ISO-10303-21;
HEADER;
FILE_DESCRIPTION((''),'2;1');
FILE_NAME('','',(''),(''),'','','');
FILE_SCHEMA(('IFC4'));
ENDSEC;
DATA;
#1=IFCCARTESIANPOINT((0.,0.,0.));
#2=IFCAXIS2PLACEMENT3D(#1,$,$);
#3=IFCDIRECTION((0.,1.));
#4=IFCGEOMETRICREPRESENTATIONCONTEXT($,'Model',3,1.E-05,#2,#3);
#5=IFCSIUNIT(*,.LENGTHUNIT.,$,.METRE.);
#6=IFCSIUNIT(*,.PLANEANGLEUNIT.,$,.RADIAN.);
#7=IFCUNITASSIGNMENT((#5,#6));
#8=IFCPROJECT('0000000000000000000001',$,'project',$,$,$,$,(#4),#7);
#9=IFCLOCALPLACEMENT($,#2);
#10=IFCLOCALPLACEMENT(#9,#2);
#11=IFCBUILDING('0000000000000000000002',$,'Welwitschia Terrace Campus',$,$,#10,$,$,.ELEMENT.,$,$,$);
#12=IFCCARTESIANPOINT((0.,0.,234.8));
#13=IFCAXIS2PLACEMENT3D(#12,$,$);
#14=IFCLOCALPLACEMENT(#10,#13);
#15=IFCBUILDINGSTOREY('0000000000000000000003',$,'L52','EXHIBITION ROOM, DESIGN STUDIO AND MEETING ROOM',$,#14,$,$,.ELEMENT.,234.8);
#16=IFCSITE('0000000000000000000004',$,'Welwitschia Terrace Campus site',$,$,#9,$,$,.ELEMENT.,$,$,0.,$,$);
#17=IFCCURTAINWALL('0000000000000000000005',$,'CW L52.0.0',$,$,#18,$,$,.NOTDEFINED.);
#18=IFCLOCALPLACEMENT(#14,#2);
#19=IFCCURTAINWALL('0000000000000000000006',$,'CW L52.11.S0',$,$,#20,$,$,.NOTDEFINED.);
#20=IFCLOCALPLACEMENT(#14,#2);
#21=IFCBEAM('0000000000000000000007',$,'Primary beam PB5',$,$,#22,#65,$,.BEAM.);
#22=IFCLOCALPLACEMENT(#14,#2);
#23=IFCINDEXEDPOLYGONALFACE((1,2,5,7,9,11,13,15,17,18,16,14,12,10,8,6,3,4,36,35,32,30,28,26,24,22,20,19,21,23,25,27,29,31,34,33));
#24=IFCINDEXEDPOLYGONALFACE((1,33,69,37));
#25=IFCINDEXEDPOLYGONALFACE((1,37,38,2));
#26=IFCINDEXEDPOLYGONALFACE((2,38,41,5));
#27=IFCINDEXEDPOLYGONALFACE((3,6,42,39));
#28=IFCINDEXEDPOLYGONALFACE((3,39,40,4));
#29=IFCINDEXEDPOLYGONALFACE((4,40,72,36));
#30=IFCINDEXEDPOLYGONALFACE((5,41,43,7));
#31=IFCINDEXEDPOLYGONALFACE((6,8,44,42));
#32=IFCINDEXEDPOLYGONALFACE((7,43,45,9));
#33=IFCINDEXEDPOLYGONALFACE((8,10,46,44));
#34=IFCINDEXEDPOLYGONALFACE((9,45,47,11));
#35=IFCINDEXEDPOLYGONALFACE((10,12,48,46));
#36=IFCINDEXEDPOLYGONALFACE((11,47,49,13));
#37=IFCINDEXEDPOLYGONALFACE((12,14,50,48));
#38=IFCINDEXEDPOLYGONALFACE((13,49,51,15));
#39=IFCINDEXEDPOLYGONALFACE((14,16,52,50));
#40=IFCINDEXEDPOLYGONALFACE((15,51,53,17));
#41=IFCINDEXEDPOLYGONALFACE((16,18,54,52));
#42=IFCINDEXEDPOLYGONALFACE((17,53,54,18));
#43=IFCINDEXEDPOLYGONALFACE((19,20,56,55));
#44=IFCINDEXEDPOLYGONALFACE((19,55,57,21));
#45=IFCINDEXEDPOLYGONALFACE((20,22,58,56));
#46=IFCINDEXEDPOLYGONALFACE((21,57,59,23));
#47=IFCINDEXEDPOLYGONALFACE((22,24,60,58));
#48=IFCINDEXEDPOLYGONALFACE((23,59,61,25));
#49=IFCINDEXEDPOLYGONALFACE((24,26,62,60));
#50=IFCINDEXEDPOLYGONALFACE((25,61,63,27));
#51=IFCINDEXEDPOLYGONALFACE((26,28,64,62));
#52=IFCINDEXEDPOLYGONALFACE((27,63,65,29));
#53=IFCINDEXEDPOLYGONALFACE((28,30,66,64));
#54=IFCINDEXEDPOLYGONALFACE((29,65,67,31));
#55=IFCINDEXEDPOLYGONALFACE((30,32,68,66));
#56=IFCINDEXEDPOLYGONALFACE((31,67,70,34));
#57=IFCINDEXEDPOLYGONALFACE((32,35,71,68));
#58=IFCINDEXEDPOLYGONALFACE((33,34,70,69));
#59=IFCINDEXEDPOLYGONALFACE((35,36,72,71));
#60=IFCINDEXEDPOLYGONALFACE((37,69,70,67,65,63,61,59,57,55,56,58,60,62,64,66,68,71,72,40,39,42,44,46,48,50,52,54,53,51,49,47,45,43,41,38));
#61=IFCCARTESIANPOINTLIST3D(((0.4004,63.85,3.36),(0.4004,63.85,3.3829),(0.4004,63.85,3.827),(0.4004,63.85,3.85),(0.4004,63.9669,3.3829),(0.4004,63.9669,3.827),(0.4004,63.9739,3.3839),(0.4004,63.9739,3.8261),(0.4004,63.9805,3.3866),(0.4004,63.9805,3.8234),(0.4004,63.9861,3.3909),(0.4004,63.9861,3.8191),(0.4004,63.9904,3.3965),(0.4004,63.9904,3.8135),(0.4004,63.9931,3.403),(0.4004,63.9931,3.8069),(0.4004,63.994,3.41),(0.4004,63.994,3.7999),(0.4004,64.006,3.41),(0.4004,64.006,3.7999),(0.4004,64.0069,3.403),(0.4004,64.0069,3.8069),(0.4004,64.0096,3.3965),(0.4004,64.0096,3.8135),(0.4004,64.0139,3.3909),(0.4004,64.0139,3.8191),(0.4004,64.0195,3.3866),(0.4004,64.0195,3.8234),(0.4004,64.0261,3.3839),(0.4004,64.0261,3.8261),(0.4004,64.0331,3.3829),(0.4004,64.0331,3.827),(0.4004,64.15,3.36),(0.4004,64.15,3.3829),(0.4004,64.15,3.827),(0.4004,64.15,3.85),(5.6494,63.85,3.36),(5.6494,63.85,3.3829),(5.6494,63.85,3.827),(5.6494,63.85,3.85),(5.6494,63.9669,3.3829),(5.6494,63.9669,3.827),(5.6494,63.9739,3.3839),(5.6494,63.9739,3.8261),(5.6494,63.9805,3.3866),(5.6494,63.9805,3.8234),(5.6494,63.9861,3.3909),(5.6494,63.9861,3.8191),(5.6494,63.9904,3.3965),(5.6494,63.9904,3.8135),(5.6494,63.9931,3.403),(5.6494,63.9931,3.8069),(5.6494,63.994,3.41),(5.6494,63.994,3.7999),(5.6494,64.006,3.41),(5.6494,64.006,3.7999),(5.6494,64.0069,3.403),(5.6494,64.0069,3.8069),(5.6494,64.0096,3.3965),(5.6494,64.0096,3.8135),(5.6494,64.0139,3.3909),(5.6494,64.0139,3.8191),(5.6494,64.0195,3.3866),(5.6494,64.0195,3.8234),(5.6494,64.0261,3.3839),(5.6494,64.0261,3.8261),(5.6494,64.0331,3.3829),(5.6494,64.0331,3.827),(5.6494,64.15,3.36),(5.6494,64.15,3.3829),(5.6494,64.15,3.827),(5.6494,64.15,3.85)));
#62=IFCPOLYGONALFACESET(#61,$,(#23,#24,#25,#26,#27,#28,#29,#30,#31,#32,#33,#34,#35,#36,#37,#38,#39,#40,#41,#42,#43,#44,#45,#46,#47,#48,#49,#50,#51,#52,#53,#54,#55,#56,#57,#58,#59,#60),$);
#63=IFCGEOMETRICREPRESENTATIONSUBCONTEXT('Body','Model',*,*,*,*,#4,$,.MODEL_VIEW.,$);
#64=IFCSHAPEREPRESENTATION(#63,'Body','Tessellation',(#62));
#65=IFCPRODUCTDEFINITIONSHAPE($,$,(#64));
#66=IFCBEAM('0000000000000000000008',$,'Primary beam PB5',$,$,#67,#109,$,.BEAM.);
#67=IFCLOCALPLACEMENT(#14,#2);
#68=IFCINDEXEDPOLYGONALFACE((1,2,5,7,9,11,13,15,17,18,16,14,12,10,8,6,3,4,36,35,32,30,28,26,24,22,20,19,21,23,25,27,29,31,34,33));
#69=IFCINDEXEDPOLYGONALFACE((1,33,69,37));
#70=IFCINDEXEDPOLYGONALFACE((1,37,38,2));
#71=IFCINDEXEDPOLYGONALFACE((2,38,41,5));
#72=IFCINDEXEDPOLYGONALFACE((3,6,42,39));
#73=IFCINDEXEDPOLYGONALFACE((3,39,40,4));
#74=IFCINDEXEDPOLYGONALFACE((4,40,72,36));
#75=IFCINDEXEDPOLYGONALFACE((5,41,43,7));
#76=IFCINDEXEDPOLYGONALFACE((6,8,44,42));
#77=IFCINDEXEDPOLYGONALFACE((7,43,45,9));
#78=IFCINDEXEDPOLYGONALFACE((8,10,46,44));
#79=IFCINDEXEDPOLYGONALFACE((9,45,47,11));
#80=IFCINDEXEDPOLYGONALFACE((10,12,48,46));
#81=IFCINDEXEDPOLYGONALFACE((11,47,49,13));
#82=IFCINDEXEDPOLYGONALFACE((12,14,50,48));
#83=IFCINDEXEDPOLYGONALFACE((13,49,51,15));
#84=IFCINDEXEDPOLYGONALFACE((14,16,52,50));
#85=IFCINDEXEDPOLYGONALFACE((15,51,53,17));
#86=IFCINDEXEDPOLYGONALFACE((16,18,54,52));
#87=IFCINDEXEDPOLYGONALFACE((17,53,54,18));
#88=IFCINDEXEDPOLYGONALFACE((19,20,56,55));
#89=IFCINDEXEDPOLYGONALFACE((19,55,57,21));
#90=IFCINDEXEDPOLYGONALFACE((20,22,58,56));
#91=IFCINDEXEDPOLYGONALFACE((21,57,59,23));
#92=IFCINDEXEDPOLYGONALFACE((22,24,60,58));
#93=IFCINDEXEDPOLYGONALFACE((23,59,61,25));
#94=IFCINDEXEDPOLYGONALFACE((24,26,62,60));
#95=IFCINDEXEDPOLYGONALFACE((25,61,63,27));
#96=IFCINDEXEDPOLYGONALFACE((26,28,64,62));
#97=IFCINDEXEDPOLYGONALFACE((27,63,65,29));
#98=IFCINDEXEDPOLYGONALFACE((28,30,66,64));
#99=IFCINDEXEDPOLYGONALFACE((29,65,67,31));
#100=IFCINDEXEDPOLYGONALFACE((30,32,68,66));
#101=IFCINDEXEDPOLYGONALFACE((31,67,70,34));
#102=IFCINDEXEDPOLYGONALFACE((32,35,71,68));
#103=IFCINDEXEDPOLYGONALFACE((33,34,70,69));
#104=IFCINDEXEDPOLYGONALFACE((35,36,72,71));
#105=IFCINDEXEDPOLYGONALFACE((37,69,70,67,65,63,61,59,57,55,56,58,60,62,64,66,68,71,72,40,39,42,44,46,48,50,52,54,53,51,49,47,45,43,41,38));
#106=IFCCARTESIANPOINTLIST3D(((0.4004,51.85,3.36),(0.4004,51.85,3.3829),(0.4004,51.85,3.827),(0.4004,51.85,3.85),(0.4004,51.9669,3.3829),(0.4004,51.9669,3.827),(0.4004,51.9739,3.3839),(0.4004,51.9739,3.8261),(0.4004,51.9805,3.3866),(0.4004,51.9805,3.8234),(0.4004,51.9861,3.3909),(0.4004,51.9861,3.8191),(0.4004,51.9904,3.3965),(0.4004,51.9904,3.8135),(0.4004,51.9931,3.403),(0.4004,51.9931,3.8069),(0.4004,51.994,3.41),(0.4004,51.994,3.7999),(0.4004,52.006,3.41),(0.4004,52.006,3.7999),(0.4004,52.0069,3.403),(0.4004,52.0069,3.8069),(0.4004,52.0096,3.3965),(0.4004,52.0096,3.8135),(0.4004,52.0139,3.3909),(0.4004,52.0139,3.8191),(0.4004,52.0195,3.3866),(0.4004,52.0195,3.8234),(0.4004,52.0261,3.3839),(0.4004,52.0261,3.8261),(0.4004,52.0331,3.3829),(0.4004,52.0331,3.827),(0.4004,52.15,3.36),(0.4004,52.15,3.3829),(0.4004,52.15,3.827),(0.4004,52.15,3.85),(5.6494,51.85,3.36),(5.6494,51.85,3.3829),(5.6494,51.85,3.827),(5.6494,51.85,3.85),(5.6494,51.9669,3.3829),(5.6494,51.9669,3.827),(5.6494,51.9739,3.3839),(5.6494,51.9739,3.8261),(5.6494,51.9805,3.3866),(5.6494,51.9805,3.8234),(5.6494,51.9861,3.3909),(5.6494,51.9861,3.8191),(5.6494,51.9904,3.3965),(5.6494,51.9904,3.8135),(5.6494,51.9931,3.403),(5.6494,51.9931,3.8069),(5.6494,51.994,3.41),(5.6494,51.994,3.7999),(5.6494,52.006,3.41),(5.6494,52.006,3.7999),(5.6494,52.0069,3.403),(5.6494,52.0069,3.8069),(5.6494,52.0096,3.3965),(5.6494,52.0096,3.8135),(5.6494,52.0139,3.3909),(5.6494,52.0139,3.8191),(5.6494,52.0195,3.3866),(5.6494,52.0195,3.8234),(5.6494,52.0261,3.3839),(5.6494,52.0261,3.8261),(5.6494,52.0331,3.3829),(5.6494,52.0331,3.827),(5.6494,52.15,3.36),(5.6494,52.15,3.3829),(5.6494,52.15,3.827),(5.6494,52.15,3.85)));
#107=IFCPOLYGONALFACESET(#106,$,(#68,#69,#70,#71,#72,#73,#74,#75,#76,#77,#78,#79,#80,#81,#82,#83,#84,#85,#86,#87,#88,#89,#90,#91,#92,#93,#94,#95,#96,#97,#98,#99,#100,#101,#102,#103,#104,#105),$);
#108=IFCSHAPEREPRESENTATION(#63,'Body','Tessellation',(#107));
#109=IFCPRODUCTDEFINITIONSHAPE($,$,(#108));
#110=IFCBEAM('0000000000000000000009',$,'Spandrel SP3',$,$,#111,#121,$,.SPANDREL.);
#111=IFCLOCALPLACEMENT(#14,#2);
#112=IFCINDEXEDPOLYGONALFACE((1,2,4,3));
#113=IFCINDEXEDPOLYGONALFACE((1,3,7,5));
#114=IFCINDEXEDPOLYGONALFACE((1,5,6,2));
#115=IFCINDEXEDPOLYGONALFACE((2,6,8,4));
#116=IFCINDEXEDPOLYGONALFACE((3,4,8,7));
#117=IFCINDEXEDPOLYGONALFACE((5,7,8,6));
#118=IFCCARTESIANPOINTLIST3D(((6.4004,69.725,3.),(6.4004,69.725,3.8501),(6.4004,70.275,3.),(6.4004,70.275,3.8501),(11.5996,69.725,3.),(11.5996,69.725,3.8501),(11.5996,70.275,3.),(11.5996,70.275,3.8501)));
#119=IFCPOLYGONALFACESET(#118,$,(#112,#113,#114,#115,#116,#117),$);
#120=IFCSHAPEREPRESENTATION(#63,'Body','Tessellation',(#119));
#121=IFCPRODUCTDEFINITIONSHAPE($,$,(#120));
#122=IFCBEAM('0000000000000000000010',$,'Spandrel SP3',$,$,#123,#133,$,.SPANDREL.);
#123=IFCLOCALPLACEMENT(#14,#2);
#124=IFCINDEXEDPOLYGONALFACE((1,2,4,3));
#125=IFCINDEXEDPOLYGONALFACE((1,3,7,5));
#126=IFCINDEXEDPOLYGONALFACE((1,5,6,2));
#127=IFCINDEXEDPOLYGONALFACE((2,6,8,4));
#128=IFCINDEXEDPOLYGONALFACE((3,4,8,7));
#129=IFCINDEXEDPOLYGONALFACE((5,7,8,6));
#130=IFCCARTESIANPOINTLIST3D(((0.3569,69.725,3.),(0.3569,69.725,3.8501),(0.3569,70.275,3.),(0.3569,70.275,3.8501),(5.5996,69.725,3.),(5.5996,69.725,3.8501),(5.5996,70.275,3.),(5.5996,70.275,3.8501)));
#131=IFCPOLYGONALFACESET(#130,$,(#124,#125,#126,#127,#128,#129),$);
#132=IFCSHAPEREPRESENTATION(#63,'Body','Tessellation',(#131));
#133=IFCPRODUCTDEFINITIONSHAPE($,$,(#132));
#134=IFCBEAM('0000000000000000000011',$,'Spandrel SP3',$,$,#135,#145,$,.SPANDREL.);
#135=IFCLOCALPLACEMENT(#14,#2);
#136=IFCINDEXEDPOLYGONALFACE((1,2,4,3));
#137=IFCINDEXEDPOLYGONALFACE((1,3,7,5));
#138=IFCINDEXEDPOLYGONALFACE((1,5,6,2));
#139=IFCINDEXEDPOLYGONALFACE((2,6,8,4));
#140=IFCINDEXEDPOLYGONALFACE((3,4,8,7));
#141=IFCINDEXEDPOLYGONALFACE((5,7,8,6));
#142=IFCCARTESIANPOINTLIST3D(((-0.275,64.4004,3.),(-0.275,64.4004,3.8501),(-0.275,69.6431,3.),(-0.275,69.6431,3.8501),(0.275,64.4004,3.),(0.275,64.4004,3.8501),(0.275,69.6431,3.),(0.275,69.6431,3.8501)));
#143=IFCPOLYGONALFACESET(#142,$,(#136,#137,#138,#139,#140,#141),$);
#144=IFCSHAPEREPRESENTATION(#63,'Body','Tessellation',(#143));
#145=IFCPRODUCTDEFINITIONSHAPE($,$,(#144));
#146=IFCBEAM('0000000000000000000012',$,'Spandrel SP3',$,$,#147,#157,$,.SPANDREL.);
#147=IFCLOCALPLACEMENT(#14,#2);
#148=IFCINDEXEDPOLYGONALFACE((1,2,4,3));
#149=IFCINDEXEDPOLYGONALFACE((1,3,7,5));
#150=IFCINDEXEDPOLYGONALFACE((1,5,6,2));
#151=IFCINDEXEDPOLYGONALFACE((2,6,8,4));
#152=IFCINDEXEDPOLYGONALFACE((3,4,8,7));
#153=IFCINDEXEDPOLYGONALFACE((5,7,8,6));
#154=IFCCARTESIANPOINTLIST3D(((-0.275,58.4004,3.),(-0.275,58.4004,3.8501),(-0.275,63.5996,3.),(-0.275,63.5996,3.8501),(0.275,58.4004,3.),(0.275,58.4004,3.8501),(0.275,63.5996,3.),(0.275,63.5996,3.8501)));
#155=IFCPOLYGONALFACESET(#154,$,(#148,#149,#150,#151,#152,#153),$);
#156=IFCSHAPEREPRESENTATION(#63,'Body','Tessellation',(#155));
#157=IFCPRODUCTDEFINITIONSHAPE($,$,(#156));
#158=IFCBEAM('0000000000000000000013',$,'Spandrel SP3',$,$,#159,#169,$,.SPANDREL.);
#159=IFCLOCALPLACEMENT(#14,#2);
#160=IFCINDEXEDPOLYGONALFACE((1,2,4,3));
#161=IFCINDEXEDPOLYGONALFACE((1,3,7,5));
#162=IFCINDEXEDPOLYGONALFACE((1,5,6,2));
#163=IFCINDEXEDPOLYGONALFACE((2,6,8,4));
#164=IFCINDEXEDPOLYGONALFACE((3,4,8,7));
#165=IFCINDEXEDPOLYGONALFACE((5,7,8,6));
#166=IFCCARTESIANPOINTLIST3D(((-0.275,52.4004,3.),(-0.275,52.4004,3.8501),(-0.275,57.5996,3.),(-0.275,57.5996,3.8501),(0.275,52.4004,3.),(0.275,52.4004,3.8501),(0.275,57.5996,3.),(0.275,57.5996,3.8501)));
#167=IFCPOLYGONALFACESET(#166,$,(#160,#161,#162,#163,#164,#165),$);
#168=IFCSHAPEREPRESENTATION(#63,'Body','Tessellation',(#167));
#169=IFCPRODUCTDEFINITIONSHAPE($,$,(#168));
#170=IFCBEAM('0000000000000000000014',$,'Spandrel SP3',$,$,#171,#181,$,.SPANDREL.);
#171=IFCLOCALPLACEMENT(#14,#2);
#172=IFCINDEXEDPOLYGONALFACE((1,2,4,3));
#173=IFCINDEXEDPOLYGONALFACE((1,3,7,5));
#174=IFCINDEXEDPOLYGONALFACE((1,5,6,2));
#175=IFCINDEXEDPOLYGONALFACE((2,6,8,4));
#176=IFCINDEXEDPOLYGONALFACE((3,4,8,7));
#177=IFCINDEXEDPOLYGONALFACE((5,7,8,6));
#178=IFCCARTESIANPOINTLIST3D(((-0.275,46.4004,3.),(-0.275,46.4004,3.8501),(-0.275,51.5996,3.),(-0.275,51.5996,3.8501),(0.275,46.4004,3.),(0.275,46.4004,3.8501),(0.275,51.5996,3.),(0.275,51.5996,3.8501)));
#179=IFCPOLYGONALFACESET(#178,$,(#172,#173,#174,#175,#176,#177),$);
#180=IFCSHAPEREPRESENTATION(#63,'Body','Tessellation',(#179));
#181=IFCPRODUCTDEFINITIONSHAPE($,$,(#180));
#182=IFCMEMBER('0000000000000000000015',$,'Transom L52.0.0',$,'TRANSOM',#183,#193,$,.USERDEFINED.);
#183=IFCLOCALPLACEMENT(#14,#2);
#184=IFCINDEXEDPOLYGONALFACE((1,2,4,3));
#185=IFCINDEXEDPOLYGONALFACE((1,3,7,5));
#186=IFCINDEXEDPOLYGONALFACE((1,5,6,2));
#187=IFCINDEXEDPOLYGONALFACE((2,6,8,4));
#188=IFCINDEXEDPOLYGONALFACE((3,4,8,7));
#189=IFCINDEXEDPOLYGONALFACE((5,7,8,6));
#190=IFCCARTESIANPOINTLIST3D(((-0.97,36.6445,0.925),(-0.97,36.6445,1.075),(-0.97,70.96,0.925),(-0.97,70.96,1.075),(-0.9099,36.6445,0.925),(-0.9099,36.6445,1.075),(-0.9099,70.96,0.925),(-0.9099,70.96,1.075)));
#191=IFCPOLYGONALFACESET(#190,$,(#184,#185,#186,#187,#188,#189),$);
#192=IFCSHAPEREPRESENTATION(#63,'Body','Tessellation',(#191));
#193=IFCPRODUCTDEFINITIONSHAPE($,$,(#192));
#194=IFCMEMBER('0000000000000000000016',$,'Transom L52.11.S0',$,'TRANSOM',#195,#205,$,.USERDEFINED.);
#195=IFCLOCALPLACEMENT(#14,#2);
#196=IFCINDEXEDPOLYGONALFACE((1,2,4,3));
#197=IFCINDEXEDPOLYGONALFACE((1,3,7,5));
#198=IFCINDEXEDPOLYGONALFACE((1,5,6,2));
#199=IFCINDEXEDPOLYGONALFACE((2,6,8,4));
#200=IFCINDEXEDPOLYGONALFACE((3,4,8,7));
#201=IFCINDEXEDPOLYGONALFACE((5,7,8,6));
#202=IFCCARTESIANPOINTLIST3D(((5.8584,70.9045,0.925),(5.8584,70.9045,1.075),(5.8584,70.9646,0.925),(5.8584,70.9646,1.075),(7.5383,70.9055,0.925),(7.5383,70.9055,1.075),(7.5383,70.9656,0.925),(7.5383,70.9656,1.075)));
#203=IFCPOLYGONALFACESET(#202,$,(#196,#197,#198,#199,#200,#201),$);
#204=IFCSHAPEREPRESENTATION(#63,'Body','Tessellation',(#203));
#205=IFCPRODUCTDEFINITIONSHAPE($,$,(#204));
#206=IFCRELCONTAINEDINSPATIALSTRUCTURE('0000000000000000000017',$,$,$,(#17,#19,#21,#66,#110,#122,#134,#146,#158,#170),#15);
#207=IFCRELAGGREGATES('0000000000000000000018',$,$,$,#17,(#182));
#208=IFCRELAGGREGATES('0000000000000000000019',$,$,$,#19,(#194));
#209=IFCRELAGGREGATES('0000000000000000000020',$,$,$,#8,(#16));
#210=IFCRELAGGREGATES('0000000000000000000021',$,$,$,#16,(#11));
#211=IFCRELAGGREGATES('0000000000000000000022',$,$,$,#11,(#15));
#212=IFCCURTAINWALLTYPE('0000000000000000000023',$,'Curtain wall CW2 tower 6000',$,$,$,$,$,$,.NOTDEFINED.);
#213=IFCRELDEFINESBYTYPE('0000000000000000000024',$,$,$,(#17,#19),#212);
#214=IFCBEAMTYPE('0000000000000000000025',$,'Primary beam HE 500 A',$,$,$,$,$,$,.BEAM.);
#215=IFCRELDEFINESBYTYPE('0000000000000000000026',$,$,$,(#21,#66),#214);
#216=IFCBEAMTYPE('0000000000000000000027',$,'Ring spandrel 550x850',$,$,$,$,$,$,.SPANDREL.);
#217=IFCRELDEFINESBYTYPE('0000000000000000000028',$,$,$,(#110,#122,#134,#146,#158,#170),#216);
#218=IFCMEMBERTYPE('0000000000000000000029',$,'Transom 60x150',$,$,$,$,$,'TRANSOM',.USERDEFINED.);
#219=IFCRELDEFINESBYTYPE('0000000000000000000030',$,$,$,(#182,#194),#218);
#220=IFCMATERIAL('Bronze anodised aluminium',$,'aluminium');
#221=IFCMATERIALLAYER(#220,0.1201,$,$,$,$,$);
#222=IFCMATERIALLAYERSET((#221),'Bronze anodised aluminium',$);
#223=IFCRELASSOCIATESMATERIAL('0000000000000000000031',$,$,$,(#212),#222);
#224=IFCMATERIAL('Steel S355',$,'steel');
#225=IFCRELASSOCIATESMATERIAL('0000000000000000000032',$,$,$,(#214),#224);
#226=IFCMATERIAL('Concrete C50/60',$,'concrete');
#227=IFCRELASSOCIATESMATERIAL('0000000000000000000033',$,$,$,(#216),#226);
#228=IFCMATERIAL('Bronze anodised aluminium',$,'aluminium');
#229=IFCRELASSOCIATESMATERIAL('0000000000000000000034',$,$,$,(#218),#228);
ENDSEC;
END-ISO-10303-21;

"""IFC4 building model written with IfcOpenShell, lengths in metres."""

from ifc_helpers import new_model, si_unit, direction, frame, origin, origin_2d, place, context, subcontext, project, spatial, rectangle, i_section, extrude, material, layer, layer_set, material_profile, profile_set, type_object, element, aggregate, save


model = new_model("IFC4")

# Units and contexts
model_context = context("Model", 3, precision=1e-05, world=origin(), true_north=direction((0.0, 1.0)))
body_context = subcontext(model_context, "Body", "Model", "MODEL_VIEW")
ifc_project = project(units=[si_unit("LENGTHUNIT", "METRE"), si_unit("PLANEANGLEUNIT", "RADIAN")], contexts=[model_context])

# Site, building, storey
site_placement = place(None, origin())
site = spatial("IfcSite", under=ifc_project, at=site_placement, Name="Welwitschia Terrace Campus site", CompositionType="ELEMENT", RefElevation=0.0)
building_placement = place(site_placement, origin())
building = spatial("IfcBuilding", under=site, at=building_placement, Name="Welwitschia Terrace Campus", CompositionType="ELEMENT")
storey_placement = place(building_placement, frame((0.0, 0.0, 234.8)))
storey = spatial("IfcBuildingStorey", under=building, at=storey_placement, Name="L52", Description="EXHIBITION ROOM, DESIGN STUDIO AND MEETING ROOM", CompositionType="ELEMENT", Elevation=234.8)

# Curtain walls
ifc_material_1 = material(Name="Bronze anodised aluminium", Category="aluminium")
ifc_layer_1 = layer(ifc_material_1, 0.1201)
ifc_layer_set_1 = layer_set([ifc_layer_1], Name="Bronze anodised aluminium")
curtain_wall_type = type_object("IfcCurtainWallType", Name="Curtain wall CW2 tower 6000", PredefinedType="NOTDEFINED", material=ifc_layer_set_1)
curtain_wall_1_placement = place(storey_placement, origin())
curtain_wall_1 = element("IfcCurtainWall", 1, at=curtain_wall_1_placement, inside=storey, type_object=curtain_wall_type, Name="CW L52.0.0", PredefinedType="NOTDEFINED")
curtain_wall_2_placement = place(storey_placement, origin())
curtain_wall_2 = element("IfcCurtainWall", 2, at=curtain_wall_2_placement, inside=storey, type_object=curtain_wall_type, Name="CW L52.11.S0", PredefinedType="NOTDEFINED")

# Beams
ifc_material_2 = material(Name="Steel S355", Category="steel")
ifc_material_profile_1 = material_profile(ifc_material_2, i_section(OverallWidth=0.3, OverallDepth=0.49, WebThickness=0.012, FlangeThickness=0.0229, FilletRadius=0.0271, at=origin_2d()))
ifc_profile_set_1 = profile_set([ifc_material_profile_1], Name="Steel S355")
beam_type_1 = type_object("IfcBeamType", Name="Primary beam HE 500 A", PredefinedType="BEAM", material=ifc_profile_set_1)
for number, where, z_axis, x_axis, name in (
    (3, (0.4004, 64.0, 3.605), (1.0, 0.0, 0.0), (0.0, 1.0, 0.0), "Primary beam PB5"),
    (4, (0.4004, 52.0, 3.605), (1.0, 0.0, 0.0), (0.0, 1.0, 0.0), "Primary beam PB5"),
):
    element("IfcBeam", number, at=place(storey_placement, frame(where, z_axis=z_axis, x_axis=x_axis)), inside=storey, type_object=beam_type_1, Name=name, PredefinedType="BEAM", context=body_context, shape_type="SweptSolid", body=[
        extrude(i_section(OverallWidth=0.3, OverallDepth=0.49, WebThickness=0.012, FlangeThickness=0.0229, FilletRadius=0.0271, at=origin_2d()), origin(), (0.0, 0.0, 1.0), 5.249),
    ])
ifc_material_3 = material(Name="Concrete C50/60", Category="concrete")
ifc_material_profile_2 = material_profile(ifc_material_3, rectangle(XDim=0.55, YDim=0.8501, at=origin_2d()))
ifc_profile_set_2 = profile_set([ifc_material_profile_2], Name="Concrete C50/60")
beam_type_2 = type_object("IfcBeamType", Name="Ring spandrel 550x850", PredefinedType="SPANDREL", material=ifc_profile_set_2)
beam_1_placement = place(storey_placement, frame((11.5996, 70.0, 3.425), z_axis=(-1.0, 0.0, 0.0), x_axis=(0.0, -1.0, 0.0)))
element("IfcBeam", 5, at=beam_1_placement, inside=storey, type_object=beam_type_2, Name="Spandrel SP3", PredefinedType="SPANDREL", context=body_context, shape_type="SweptSolid", body=[
    extrude(rectangle(XDim=0.55, YDim=0.8501, at=origin_2d()), origin(), (0.0, 0.0, 1.0), 5.1992),
])
for number, where, z_axis, x_axis, name in (
    (6, (5.5996, 70.0, 3.425), (-1.0, 0.0, 0.0), (0.0, -1.0, 0.0), "Spandrel SP3"),
    (7, (0.0, 69.6431, 3.425), (0.0, -1.0, 0.0), (1.0, 0.0, 0.0), "Spandrel SP3"),
):
    element("IfcBeam", number, at=place(storey_placement, frame(where, z_axis=z_axis, x_axis=x_axis)), inside=storey, type_object=beam_type_2, Name=name, PredefinedType="SPANDREL", context=body_context, shape_type="SweptSolid", body=[
        extrude(rectangle(XDim=0.55, YDim=0.8501, at=origin_2d()), origin(), (0.0, 0.0, 1.0), 5.2427),
    ])
for number, where, z_axis, x_axis, name in (
    (8, (0.0, 63.5996, 3.425), (0.0, -1.0, 0.0), (1.0, 0.0, 0.0), "Spandrel SP3"),
    (9, (0.0, 57.5996, 3.425), (0.0, -1.0, 0.0), (1.0, 0.0, 0.0), "Spandrel SP3"),
    (10, (0.0, 51.5996, 3.425), (0.0, -1.0, 0.0), (1.0, 0.0, 0.0), "Spandrel SP3"),
):
    element("IfcBeam", number, at=place(storey_placement, frame(where, z_axis=z_axis, x_axis=x_axis)), inside=storey, type_object=beam_type_2, Name=name, PredefinedType="SPANDREL", context=body_context, shape_type="SweptSolid", body=[
        extrude(rectangle(XDim=0.55, YDim=0.8501, at=origin_2d()), origin(), (0.0, 0.0, 1.0), 5.1992),
    ])

# Members
ifc_material_4 = material(Name="Bronze anodised aluminium", Category="aluminium")
ifc_material_profile_3 = material_profile(ifc_material_4, rectangle(XDim=0.0601, YDim=0.1499, at=origin_2d()))
ifc_profile_set_3 = profile_set([ifc_material_profile_3], Name="Bronze anodised aluminium")
member_type_1 = type_object("IfcMemberType", Name="Transom 60x150", ElementType="TRANSOM", PredefinedType="USERDEFINED", material=ifc_profile_set_3)
member_1_placement = place(storey_placement, frame((-0.9399, 70.96, 1.0), z_axis=(0.0, -1.0, 0.0), x_axis=(1.0, 0.0, 0.0)))
member_1 = element("IfcMember", 11, at=member_1_placement, type_object=member_type_1, Name="Transom L52.0.0", ObjectType="TRANSOM", PredefinedType="USERDEFINED", context=body_context, shape_type="SweptSolid", body=[
    extrude(rectangle(XDim=0.0601, YDim=0.1499, at=origin_2d()), origin(), (0.0, 0.0, 1.0), 34.3154),
])
member_2_placement = place(storey_placement, frame((7.5383, 70.9355, 1.0), z_axis=(-1.0, -0.000581, 0.0), x_axis=(0.000581, -1.0, 0.0)))
member_2 = element("IfcMember", 12, at=member_2_placement, type_object=member_type_1, Name="Transom L52.11.S0", ObjectType="TRANSOM", PredefinedType="USERDEFINED", context=body_context, shape_type="SweptSolid", body=[
    extrude(rectangle(XDim=0.0601, YDim=0.1499, at=origin_2d()), origin(), (0.0, 0.0, 1.0), 1.6799),
])

aggregate(curtain_wall_1, [member_1])
aggregate(curtain_wall_2, [member_2])

save(model, "model.ifc")
